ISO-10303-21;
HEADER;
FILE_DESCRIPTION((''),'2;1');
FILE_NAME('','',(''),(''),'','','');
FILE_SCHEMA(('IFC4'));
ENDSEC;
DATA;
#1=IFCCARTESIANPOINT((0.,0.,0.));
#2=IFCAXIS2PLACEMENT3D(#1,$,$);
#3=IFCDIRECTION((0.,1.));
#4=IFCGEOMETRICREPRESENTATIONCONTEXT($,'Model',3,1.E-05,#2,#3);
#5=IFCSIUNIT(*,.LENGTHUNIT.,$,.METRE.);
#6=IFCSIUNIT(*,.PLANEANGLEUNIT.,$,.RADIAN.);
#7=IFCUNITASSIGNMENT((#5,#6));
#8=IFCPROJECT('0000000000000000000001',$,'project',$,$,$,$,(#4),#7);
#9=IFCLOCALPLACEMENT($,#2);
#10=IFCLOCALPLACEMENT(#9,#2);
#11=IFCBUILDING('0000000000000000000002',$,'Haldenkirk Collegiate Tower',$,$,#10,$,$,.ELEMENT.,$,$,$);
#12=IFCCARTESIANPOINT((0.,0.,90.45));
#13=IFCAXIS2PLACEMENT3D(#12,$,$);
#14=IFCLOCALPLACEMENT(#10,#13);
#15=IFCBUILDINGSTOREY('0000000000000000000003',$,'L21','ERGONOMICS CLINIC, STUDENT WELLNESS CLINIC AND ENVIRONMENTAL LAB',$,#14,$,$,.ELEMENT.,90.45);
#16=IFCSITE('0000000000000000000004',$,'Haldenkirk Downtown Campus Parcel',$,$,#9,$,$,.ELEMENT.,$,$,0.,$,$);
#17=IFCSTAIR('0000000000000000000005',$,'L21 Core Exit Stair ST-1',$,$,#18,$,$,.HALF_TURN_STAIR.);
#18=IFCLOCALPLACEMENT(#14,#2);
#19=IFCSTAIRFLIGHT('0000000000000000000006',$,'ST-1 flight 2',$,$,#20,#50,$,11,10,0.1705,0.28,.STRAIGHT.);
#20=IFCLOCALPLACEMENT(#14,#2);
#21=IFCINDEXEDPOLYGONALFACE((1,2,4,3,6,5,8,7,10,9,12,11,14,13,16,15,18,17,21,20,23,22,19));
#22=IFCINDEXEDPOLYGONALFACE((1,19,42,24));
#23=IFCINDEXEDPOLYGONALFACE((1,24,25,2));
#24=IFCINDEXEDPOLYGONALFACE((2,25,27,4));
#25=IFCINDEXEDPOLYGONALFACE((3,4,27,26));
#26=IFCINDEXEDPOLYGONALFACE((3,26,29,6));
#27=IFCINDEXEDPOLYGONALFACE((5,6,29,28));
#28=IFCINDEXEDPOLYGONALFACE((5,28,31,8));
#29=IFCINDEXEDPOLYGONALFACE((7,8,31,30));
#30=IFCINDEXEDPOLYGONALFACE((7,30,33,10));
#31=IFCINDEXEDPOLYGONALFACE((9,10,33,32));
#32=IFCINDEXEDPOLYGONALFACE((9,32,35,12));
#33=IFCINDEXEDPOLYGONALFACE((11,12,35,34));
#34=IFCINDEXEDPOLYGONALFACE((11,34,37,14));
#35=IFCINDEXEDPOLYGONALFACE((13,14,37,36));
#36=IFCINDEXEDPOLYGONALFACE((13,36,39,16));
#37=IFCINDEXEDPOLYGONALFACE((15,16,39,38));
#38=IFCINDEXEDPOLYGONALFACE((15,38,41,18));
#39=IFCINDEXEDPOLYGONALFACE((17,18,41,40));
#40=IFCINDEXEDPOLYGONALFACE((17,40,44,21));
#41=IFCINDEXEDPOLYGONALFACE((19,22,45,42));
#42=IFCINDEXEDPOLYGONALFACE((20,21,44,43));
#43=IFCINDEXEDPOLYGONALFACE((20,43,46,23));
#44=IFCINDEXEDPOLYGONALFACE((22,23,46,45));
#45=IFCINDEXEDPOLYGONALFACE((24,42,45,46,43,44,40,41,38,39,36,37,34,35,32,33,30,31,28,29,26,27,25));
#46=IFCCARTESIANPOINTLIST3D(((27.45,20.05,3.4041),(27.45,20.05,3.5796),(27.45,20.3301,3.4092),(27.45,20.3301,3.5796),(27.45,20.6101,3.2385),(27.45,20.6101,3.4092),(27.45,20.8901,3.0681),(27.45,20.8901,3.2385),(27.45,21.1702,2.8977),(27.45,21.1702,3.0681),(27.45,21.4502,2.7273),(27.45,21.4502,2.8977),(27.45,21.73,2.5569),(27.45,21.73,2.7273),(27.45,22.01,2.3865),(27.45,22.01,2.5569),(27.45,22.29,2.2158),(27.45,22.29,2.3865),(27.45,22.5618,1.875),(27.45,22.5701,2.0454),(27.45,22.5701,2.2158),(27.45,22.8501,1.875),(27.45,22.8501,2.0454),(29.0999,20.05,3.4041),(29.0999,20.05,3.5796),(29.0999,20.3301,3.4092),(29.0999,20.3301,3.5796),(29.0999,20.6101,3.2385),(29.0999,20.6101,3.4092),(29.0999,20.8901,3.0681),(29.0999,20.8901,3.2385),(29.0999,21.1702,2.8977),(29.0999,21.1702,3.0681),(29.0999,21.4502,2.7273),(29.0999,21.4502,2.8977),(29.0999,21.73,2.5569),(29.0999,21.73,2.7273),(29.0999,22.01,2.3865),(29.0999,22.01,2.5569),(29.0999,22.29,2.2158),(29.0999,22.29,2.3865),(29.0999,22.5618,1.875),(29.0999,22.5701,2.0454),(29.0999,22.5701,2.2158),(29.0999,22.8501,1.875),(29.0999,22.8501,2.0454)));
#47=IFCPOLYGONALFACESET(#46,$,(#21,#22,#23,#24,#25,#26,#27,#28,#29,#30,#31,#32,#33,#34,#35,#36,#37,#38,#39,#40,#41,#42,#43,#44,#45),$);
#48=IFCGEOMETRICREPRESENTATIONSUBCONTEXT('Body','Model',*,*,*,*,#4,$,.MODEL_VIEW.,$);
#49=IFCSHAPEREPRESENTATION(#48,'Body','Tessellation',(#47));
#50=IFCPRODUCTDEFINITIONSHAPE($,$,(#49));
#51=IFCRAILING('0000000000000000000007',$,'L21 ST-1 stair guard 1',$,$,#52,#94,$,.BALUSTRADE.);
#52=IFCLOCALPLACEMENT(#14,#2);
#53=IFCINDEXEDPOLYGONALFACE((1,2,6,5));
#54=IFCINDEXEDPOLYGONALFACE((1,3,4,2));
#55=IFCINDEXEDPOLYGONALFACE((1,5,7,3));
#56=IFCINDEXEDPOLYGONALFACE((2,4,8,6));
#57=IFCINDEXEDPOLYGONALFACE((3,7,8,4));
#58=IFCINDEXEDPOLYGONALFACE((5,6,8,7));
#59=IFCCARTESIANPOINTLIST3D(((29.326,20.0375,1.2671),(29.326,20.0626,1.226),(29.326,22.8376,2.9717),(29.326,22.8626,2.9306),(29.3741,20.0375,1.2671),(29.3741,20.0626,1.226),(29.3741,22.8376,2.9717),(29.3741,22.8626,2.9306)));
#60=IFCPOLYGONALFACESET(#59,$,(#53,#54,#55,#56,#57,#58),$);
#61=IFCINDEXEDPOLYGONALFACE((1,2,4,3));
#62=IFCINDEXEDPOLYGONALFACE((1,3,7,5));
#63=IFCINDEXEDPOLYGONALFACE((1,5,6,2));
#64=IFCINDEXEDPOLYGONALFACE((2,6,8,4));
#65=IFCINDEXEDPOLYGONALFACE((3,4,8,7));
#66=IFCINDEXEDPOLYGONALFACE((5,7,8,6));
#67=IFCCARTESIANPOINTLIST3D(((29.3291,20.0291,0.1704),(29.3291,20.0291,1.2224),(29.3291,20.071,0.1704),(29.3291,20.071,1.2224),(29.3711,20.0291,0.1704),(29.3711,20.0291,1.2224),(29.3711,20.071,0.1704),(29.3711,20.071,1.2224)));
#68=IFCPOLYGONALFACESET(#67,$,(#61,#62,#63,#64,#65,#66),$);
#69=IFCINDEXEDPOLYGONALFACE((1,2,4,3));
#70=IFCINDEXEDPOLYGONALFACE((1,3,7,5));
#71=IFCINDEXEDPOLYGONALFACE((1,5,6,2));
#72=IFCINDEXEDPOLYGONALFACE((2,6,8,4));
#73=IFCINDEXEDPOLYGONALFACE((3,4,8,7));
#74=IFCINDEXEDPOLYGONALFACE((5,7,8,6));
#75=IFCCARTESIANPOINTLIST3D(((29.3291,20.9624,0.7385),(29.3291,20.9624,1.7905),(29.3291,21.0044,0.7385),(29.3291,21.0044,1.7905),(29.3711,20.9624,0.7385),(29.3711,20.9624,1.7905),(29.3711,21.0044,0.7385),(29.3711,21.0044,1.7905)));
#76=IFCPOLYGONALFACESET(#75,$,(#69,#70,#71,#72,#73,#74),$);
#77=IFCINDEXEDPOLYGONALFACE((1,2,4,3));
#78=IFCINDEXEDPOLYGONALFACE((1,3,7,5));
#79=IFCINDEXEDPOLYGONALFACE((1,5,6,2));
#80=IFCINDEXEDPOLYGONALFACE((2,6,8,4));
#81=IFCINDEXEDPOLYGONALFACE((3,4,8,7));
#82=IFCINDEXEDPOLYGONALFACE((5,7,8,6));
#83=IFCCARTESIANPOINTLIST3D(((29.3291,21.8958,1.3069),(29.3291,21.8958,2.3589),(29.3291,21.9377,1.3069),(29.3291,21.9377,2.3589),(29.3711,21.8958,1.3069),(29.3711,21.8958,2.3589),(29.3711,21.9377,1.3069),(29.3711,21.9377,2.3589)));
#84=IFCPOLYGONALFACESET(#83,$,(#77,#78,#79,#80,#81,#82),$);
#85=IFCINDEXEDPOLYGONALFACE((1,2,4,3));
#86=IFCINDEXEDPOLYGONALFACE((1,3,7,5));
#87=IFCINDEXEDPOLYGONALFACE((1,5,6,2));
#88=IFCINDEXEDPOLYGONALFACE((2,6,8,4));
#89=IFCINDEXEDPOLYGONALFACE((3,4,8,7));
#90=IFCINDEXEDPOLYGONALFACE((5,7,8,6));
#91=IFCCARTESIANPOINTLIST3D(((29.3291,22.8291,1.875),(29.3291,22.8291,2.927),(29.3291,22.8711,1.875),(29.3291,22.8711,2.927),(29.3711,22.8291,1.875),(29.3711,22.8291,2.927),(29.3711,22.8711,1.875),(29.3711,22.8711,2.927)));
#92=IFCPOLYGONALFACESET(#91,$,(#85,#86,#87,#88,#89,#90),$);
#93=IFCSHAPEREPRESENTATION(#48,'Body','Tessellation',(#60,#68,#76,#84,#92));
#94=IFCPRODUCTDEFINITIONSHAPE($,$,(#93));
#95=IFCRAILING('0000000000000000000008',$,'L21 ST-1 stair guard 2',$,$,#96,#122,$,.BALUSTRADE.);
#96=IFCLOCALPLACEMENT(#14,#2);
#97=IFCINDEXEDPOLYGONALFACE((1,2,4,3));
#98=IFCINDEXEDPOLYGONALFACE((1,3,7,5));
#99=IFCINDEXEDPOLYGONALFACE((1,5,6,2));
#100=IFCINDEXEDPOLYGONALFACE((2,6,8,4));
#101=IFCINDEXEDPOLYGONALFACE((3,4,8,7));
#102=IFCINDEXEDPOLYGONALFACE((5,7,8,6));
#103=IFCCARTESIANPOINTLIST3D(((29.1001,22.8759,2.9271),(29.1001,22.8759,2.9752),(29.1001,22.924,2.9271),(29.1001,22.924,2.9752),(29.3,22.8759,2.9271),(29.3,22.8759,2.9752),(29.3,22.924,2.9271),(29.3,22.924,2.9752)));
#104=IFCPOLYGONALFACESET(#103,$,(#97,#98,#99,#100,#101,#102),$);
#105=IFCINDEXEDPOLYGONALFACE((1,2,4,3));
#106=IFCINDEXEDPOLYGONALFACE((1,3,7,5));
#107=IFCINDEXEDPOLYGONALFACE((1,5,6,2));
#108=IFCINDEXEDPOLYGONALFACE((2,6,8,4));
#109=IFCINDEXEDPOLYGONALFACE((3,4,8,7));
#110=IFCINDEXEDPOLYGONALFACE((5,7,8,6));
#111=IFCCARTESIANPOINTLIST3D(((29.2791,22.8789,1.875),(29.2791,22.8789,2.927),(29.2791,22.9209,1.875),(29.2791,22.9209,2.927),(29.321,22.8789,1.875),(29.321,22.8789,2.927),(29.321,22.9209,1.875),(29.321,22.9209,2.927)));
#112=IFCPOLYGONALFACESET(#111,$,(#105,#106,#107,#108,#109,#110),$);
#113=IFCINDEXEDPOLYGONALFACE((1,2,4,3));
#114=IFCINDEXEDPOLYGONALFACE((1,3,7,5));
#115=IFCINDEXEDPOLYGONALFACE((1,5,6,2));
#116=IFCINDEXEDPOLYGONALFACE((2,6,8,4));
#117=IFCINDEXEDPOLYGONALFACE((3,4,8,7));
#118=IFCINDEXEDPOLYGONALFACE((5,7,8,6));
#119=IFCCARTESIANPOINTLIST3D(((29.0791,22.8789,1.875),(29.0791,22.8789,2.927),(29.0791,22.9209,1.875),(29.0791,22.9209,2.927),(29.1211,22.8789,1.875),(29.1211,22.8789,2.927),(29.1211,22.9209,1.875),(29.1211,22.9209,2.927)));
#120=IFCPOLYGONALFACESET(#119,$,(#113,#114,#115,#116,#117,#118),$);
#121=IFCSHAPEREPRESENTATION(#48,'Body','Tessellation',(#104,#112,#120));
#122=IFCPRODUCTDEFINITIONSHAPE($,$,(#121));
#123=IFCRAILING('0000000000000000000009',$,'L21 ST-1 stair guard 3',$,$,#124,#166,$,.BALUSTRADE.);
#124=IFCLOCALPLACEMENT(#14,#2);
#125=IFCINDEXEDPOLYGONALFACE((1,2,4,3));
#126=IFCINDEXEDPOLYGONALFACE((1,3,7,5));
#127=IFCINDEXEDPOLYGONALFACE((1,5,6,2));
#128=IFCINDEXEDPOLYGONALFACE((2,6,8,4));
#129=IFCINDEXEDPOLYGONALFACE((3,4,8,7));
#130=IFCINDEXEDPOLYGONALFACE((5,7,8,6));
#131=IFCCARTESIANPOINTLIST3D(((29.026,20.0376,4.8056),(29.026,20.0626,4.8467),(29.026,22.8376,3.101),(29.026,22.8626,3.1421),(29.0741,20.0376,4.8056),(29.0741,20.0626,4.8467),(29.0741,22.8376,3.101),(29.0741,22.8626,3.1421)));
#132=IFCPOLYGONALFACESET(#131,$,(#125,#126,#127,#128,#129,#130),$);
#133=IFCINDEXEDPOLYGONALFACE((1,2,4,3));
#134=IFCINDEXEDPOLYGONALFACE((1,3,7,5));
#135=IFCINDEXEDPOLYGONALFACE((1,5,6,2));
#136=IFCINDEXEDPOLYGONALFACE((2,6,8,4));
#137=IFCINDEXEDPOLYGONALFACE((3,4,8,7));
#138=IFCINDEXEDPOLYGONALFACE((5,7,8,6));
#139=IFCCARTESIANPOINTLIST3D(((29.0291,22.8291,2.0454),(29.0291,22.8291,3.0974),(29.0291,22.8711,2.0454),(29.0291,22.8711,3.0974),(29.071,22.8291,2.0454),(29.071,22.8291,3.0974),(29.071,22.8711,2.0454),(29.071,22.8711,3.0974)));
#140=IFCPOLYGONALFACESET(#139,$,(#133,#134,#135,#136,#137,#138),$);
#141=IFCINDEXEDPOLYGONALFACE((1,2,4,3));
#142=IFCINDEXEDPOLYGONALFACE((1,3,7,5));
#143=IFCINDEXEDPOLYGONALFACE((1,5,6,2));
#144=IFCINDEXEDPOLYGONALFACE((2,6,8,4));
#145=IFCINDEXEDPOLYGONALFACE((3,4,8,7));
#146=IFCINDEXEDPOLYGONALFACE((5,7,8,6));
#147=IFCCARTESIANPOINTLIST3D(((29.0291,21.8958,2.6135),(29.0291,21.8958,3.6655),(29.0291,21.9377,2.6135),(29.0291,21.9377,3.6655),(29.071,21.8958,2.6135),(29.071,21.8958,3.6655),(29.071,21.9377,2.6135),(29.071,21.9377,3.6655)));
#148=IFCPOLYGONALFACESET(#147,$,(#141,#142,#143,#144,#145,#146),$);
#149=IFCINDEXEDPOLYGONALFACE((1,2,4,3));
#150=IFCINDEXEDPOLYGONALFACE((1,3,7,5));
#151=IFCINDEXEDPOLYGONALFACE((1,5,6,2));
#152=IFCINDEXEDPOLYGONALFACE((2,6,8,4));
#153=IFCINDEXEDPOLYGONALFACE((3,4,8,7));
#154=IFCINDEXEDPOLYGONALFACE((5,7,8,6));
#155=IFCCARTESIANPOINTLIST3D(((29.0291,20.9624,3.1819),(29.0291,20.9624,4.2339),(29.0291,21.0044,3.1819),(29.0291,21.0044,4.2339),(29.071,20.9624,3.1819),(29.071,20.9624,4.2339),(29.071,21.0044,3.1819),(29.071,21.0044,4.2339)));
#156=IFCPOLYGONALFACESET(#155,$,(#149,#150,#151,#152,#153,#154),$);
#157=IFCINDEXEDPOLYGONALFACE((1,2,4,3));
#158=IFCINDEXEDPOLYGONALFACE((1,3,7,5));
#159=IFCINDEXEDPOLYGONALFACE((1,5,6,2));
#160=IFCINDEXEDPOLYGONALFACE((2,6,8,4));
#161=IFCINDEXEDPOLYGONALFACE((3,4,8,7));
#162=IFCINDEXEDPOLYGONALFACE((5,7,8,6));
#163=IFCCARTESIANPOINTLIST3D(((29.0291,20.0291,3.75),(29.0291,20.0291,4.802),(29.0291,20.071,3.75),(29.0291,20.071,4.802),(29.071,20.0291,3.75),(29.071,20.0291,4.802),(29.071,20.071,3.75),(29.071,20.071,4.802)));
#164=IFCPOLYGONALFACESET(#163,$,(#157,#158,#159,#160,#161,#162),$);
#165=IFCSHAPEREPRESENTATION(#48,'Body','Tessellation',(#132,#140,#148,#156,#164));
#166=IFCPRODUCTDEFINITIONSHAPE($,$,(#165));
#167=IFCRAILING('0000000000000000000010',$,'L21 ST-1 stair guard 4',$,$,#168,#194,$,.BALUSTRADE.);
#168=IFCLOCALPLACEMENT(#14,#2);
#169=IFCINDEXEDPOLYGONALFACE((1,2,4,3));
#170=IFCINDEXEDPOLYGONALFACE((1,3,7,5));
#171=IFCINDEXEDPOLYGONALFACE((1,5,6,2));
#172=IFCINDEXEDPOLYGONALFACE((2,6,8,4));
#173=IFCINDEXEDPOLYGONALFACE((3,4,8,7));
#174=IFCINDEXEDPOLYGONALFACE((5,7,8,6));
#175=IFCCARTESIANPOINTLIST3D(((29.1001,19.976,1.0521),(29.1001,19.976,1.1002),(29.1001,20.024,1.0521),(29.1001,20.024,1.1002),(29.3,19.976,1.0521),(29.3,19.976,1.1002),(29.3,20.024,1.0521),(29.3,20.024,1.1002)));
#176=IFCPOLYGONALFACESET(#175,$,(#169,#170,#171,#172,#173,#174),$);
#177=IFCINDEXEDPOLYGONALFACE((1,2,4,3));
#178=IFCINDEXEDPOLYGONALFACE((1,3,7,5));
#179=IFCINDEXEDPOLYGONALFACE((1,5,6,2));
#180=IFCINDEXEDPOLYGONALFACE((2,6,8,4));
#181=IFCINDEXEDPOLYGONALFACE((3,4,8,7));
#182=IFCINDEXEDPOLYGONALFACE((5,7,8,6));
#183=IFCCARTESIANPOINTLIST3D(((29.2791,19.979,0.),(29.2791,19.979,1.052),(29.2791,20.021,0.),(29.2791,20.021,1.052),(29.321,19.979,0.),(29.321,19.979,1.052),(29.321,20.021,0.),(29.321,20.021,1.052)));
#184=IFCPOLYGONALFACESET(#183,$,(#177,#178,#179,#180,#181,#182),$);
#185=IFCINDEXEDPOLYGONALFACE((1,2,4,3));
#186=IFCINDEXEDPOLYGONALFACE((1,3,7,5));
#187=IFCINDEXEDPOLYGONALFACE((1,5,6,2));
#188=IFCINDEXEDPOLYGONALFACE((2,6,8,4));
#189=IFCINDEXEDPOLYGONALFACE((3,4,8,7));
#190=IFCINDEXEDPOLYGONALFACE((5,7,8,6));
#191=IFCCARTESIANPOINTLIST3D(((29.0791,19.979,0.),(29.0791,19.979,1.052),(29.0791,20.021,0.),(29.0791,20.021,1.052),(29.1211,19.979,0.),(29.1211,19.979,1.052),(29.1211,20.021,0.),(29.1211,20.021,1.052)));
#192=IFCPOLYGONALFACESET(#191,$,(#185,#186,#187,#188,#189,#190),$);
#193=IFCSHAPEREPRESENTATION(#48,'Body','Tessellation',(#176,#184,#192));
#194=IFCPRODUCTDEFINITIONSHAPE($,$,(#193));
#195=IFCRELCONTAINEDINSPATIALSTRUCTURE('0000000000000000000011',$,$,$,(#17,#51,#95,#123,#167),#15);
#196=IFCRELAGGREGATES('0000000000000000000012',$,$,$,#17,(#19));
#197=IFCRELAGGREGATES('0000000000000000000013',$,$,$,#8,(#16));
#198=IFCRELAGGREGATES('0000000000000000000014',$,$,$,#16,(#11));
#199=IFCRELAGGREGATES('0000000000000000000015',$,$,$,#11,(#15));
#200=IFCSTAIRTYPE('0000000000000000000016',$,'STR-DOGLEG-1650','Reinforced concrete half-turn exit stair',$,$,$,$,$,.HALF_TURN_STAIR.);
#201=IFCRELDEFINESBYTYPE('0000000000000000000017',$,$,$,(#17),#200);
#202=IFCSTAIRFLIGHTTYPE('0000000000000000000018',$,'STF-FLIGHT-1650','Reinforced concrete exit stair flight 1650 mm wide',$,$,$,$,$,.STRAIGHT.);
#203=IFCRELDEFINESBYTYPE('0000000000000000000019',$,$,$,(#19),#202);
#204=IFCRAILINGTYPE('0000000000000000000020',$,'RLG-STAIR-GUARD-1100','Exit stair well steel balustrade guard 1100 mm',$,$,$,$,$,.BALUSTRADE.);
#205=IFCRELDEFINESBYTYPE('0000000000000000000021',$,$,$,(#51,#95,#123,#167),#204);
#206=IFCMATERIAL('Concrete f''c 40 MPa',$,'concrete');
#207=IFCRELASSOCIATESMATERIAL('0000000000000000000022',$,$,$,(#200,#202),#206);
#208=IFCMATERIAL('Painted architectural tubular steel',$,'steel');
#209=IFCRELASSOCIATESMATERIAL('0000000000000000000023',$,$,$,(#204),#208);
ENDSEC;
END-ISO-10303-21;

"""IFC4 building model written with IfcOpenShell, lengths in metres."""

from ifc_helpers import new_model, si_unit, direction, frame, origin, origin_2d, place, context, subcontext, project, spatial, polyline, rectangle, outline, extrude, material, type_object, element, aggregate, save


model = new_model("IFC4")

# Units and contexts
model_context = context("Model", 3, precision=1e-05, world=origin(), true_north=direction((0.0, 1.0)))
body_context = subcontext(model_context, "Body", "Model", "MODEL_VIEW")
ifc_project = project(units=[si_unit("LENGTHUNIT", "METRE"), si_unit("PLANEANGLEUNIT", "RADIAN")], contexts=[model_context])

# Site, building, storey
site_placement = place(None, origin())
site = spatial("IfcSite", under=ifc_project, at=site_placement, Name="Haldenkirk Downtown Campus Parcel", CompositionType="ELEMENT", RefElevation=0.0)
building_placement = place(site_placement, origin())
building = spatial("IfcBuilding", under=site, at=building_placement, Name="Haldenkirk Collegiate Tower", CompositionType="ELEMENT")
storey_placement = place(building_placement, frame((0.0, 0.0, 90.45)))
storey = spatial("IfcBuildingStorey", under=building, at=storey_placement, Name="L21", Description="ERGONOMICS CLINIC, STUDENT WELLNESS CLINIC AND ENVIRONMENTAL LAB", CompositionType="ELEMENT", Elevation=90.45)

# Stair, stair flight
ifc_material_1 = material(Name="Concrete f'c 40 MPa", Category="concrete")
stair_type = type_object("IfcStairType", Name="STR-DOGLEG-1650", Description="Reinforced concrete half-turn exit stair", PredefinedType="HALF_TURN_STAIR", material=ifc_material_1)
stair_placement = place(storey_placement, origin())
stair = element("IfcStair", 1, at=stair_placement, inside=storey, type_object=stair_type, Name="L21 Core Exit Stair ST-1", PredefinedType="HALF_TURN_STAIR")
stair_flight_type = type_object("IfcStairFlightType", Name="STF-FLIGHT-1650", Description="Reinforced concrete exit stair flight 1650 mm wide", PredefinedType="STRAIGHT", material=ifc_material_1)
stair_flight_1_placement = place(storey_placement, frame((28.2749, 22.8501, 1.875), z_axis=(0.0, 0.0, 1.0), x_axis=(0.0, -1.0, 0.0)))
stair_flight_1 = element("IfcStairFlight", 2, at=stair_flight_1_placement, type_object=stair_flight_type, Name="ST-1 flight 2", NumberOfRisers=11, NumberOfTreads=10, PredefinedType="STRAIGHT", RiserHeight=0.1705, TreadLength=0.28, context=body_context, shape_type="SweptSolid", body=[
    extrude(outline(polyline([(0.0, 0.0), (0.0, 0.1704), (0.28, 0.1704), (0.28, 0.3408), (0.5601, 0.3408), (0.5601, 0.5115), (0.8401, 0.5115), (0.8401, 0.6819), (1.1201, 0.6819), (1.1201, 0.8523), (1.3999, 0.8523), (1.3999, 1.0227), (1.6799, 1.0227), (1.6799, 1.1931), (1.96, 1.1931), (1.96, 1.3635), (2.24, 1.3635), (2.24, 1.5342), (2.52, 1.5342), (2.52, 1.7046), (2.8, 1.7046), (2.8, 1.875), (2.8, 1.5291), (0.2883, 0.0), (0.0, 0.0)])), frame((0.0, 0.825, 0.0), z_axis=(0.0, -1.0, 0.0), x_axis=(1.0, 0.0, 0.0)), (0.0, 0.0, 1.0), 1.6499),
])
aggregate(stair, [stair_flight_1])

# Railings
ifc_material_2 = material(Name="Painted architectural tubular steel", Category="steel")
railing_type_1 = type_object("IfcRailingType", Name="RLG-STAIR-GUARD-1100", Description="Exit stair well steel balustrade guard 1100 mm", PredefinedType="BALUSTRADE", material=ifc_material_2)
railing_1_placement = place(storey_placement, frame((29.3501, 20.05, 0.1704)))
element("IfcRailing", 3, at=railing_1_placement, inside=storey, type_object=railing_type_1, Name="L21 ST-1 stair guard 1", PredefinedType="BALUSTRADE", context=body_context, shape_type="SweptSolid", body=[
    extrude(rectangle(XDim=0.0481, YDim=0.0481, at=origin_2d()), frame((0.0, 0.0, 1.0762), z_axis=(0.0, 0.85417, 0.519994), x_axis=(-1.0, 0.0, 0.0)), (0.0, 0.0, 1.0), 3.2781),
    extrude(rectangle(XDim=0.042, YDim=0.042, at=origin_2d()), origin(), (0.0, 0.0, 1.0), 1.052),
    extrude(rectangle(XDim=0.042, YDim=0.042, at=origin_2d()), frame((0.0, 0.9333, 0.5681)), (0.0, 0.0, 1.0), 1.052),
    extrude(rectangle(XDim=0.042, YDim=0.042, at=origin_2d()), frame((0.0, 1.8667, 1.1365)), (0.0, 0.0, 1.0), 1.052),
    extrude(rectangle(XDim=0.042, YDim=0.042, at=origin_2d()), frame((0.0, 2.8, 1.7046)), (0.0, 0.0, 1.0), 1.052),
])
railing_2_placement = place(storey_placement, frame((29.3, 22.8999, 1.875)))
element("IfcRailing", 4, at=railing_2_placement, inside=storey, type_object=railing_type_1, Name="L21 ST-1 stair guard 2", PredefinedType="BALUSTRADE", context=body_context, shape_type="SweptSolid", body=[
    extrude(rectangle(XDim=0.0481, YDim=0.0481, at=origin_2d()), frame((0.0, 0.0, 1.0762), z_axis=(-1.0, 0.0, 0.0), x_axis=(0.0, -1.0, 0.0)), (0.0, 0.0, 1.0), 0.2),
    extrude(rectangle(XDim=0.042, YDim=0.042, at=origin_2d()), origin(), (0.0, 0.0, 1.0), 1.052),
    extrude(rectangle(XDim=0.042, YDim=0.042, at=origin_2d()), frame((-0.2, 0.0, 0.0)), (0.0, 0.0, 1.0), 1.052),
])
railing_3_placement = place(storey_placement, frame((29.05, 22.8501, 2.0454)))
element("IfcRailing", 5, at=railing_3_placement, inside=storey, type_object=railing_type_1, Name="L21 ST-1 stair guard 3", PredefinedType="BALUSTRADE", context=body_context, shape_type="SweptSolid", body=[
    extrude(rectangle(XDim=0.0481, YDim=0.0481, at=origin_2d()), frame((0.0, 0.0, 1.0762), z_axis=(0.0, -0.85417, 0.519994), x_axis=(1.0, 0.0, 0.0)), (0.0, 0.0, 1.0), 3.2781),
    extrude(rectangle(XDim=0.042, YDim=0.042, at=origin_2d()), origin(), (0.0, 0.0, 1.0), 1.052),
    extrude(rectangle(XDim=0.042, YDim=0.042, at=origin_2d()), frame((0.0, -0.9333, 0.5681)), (0.0, 0.0, 1.0), 1.052),
    extrude(rectangle(XDim=0.042, YDim=0.042, at=origin_2d()), frame((0.0, -1.8667, 1.1365)), (0.0, 0.0, 1.0), 1.052),
    extrude(rectangle(XDim=0.042, YDim=0.042, at=origin_2d()), frame((0.0, -2.8, 1.7046)), (0.0, 0.0, 1.0), 1.052),
])
railing_4_placement = place(storey_placement, frame((29.3, 20.0, 0.0)))
element("IfcRailing", 6, at=railing_4_placement, inside=storey, type_object=railing_type_1, Name="L21 ST-1 stair guard 4", PredefinedType="BALUSTRADE", context=body_context, shape_type="SweptSolid", body=[
    extrude(rectangle(XDim=0.0481, YDim=0.0481, at=origin_2d()), frame((0.0, 0.0, 1.0762), z_axis=(-1.0, 0.0, 0.0), x_axis=(0.0, -1.0, 0.0)), (0.0, 0.0, 1.0), 0.2),
    extrude(rectangle(XDim=0.042, YDim=0.042, at=origin_2d()), origin(), (0.0, 0.0, 1.0), 1.052),
    extrude(rectangle(XDim=0.042, YDim=0.042, at=origin_2d()), frame((-0.2, 0.0, 0.0)), (0.0, 0.0, 1.0), 1.052),
])

save(model, "model.ifc")
